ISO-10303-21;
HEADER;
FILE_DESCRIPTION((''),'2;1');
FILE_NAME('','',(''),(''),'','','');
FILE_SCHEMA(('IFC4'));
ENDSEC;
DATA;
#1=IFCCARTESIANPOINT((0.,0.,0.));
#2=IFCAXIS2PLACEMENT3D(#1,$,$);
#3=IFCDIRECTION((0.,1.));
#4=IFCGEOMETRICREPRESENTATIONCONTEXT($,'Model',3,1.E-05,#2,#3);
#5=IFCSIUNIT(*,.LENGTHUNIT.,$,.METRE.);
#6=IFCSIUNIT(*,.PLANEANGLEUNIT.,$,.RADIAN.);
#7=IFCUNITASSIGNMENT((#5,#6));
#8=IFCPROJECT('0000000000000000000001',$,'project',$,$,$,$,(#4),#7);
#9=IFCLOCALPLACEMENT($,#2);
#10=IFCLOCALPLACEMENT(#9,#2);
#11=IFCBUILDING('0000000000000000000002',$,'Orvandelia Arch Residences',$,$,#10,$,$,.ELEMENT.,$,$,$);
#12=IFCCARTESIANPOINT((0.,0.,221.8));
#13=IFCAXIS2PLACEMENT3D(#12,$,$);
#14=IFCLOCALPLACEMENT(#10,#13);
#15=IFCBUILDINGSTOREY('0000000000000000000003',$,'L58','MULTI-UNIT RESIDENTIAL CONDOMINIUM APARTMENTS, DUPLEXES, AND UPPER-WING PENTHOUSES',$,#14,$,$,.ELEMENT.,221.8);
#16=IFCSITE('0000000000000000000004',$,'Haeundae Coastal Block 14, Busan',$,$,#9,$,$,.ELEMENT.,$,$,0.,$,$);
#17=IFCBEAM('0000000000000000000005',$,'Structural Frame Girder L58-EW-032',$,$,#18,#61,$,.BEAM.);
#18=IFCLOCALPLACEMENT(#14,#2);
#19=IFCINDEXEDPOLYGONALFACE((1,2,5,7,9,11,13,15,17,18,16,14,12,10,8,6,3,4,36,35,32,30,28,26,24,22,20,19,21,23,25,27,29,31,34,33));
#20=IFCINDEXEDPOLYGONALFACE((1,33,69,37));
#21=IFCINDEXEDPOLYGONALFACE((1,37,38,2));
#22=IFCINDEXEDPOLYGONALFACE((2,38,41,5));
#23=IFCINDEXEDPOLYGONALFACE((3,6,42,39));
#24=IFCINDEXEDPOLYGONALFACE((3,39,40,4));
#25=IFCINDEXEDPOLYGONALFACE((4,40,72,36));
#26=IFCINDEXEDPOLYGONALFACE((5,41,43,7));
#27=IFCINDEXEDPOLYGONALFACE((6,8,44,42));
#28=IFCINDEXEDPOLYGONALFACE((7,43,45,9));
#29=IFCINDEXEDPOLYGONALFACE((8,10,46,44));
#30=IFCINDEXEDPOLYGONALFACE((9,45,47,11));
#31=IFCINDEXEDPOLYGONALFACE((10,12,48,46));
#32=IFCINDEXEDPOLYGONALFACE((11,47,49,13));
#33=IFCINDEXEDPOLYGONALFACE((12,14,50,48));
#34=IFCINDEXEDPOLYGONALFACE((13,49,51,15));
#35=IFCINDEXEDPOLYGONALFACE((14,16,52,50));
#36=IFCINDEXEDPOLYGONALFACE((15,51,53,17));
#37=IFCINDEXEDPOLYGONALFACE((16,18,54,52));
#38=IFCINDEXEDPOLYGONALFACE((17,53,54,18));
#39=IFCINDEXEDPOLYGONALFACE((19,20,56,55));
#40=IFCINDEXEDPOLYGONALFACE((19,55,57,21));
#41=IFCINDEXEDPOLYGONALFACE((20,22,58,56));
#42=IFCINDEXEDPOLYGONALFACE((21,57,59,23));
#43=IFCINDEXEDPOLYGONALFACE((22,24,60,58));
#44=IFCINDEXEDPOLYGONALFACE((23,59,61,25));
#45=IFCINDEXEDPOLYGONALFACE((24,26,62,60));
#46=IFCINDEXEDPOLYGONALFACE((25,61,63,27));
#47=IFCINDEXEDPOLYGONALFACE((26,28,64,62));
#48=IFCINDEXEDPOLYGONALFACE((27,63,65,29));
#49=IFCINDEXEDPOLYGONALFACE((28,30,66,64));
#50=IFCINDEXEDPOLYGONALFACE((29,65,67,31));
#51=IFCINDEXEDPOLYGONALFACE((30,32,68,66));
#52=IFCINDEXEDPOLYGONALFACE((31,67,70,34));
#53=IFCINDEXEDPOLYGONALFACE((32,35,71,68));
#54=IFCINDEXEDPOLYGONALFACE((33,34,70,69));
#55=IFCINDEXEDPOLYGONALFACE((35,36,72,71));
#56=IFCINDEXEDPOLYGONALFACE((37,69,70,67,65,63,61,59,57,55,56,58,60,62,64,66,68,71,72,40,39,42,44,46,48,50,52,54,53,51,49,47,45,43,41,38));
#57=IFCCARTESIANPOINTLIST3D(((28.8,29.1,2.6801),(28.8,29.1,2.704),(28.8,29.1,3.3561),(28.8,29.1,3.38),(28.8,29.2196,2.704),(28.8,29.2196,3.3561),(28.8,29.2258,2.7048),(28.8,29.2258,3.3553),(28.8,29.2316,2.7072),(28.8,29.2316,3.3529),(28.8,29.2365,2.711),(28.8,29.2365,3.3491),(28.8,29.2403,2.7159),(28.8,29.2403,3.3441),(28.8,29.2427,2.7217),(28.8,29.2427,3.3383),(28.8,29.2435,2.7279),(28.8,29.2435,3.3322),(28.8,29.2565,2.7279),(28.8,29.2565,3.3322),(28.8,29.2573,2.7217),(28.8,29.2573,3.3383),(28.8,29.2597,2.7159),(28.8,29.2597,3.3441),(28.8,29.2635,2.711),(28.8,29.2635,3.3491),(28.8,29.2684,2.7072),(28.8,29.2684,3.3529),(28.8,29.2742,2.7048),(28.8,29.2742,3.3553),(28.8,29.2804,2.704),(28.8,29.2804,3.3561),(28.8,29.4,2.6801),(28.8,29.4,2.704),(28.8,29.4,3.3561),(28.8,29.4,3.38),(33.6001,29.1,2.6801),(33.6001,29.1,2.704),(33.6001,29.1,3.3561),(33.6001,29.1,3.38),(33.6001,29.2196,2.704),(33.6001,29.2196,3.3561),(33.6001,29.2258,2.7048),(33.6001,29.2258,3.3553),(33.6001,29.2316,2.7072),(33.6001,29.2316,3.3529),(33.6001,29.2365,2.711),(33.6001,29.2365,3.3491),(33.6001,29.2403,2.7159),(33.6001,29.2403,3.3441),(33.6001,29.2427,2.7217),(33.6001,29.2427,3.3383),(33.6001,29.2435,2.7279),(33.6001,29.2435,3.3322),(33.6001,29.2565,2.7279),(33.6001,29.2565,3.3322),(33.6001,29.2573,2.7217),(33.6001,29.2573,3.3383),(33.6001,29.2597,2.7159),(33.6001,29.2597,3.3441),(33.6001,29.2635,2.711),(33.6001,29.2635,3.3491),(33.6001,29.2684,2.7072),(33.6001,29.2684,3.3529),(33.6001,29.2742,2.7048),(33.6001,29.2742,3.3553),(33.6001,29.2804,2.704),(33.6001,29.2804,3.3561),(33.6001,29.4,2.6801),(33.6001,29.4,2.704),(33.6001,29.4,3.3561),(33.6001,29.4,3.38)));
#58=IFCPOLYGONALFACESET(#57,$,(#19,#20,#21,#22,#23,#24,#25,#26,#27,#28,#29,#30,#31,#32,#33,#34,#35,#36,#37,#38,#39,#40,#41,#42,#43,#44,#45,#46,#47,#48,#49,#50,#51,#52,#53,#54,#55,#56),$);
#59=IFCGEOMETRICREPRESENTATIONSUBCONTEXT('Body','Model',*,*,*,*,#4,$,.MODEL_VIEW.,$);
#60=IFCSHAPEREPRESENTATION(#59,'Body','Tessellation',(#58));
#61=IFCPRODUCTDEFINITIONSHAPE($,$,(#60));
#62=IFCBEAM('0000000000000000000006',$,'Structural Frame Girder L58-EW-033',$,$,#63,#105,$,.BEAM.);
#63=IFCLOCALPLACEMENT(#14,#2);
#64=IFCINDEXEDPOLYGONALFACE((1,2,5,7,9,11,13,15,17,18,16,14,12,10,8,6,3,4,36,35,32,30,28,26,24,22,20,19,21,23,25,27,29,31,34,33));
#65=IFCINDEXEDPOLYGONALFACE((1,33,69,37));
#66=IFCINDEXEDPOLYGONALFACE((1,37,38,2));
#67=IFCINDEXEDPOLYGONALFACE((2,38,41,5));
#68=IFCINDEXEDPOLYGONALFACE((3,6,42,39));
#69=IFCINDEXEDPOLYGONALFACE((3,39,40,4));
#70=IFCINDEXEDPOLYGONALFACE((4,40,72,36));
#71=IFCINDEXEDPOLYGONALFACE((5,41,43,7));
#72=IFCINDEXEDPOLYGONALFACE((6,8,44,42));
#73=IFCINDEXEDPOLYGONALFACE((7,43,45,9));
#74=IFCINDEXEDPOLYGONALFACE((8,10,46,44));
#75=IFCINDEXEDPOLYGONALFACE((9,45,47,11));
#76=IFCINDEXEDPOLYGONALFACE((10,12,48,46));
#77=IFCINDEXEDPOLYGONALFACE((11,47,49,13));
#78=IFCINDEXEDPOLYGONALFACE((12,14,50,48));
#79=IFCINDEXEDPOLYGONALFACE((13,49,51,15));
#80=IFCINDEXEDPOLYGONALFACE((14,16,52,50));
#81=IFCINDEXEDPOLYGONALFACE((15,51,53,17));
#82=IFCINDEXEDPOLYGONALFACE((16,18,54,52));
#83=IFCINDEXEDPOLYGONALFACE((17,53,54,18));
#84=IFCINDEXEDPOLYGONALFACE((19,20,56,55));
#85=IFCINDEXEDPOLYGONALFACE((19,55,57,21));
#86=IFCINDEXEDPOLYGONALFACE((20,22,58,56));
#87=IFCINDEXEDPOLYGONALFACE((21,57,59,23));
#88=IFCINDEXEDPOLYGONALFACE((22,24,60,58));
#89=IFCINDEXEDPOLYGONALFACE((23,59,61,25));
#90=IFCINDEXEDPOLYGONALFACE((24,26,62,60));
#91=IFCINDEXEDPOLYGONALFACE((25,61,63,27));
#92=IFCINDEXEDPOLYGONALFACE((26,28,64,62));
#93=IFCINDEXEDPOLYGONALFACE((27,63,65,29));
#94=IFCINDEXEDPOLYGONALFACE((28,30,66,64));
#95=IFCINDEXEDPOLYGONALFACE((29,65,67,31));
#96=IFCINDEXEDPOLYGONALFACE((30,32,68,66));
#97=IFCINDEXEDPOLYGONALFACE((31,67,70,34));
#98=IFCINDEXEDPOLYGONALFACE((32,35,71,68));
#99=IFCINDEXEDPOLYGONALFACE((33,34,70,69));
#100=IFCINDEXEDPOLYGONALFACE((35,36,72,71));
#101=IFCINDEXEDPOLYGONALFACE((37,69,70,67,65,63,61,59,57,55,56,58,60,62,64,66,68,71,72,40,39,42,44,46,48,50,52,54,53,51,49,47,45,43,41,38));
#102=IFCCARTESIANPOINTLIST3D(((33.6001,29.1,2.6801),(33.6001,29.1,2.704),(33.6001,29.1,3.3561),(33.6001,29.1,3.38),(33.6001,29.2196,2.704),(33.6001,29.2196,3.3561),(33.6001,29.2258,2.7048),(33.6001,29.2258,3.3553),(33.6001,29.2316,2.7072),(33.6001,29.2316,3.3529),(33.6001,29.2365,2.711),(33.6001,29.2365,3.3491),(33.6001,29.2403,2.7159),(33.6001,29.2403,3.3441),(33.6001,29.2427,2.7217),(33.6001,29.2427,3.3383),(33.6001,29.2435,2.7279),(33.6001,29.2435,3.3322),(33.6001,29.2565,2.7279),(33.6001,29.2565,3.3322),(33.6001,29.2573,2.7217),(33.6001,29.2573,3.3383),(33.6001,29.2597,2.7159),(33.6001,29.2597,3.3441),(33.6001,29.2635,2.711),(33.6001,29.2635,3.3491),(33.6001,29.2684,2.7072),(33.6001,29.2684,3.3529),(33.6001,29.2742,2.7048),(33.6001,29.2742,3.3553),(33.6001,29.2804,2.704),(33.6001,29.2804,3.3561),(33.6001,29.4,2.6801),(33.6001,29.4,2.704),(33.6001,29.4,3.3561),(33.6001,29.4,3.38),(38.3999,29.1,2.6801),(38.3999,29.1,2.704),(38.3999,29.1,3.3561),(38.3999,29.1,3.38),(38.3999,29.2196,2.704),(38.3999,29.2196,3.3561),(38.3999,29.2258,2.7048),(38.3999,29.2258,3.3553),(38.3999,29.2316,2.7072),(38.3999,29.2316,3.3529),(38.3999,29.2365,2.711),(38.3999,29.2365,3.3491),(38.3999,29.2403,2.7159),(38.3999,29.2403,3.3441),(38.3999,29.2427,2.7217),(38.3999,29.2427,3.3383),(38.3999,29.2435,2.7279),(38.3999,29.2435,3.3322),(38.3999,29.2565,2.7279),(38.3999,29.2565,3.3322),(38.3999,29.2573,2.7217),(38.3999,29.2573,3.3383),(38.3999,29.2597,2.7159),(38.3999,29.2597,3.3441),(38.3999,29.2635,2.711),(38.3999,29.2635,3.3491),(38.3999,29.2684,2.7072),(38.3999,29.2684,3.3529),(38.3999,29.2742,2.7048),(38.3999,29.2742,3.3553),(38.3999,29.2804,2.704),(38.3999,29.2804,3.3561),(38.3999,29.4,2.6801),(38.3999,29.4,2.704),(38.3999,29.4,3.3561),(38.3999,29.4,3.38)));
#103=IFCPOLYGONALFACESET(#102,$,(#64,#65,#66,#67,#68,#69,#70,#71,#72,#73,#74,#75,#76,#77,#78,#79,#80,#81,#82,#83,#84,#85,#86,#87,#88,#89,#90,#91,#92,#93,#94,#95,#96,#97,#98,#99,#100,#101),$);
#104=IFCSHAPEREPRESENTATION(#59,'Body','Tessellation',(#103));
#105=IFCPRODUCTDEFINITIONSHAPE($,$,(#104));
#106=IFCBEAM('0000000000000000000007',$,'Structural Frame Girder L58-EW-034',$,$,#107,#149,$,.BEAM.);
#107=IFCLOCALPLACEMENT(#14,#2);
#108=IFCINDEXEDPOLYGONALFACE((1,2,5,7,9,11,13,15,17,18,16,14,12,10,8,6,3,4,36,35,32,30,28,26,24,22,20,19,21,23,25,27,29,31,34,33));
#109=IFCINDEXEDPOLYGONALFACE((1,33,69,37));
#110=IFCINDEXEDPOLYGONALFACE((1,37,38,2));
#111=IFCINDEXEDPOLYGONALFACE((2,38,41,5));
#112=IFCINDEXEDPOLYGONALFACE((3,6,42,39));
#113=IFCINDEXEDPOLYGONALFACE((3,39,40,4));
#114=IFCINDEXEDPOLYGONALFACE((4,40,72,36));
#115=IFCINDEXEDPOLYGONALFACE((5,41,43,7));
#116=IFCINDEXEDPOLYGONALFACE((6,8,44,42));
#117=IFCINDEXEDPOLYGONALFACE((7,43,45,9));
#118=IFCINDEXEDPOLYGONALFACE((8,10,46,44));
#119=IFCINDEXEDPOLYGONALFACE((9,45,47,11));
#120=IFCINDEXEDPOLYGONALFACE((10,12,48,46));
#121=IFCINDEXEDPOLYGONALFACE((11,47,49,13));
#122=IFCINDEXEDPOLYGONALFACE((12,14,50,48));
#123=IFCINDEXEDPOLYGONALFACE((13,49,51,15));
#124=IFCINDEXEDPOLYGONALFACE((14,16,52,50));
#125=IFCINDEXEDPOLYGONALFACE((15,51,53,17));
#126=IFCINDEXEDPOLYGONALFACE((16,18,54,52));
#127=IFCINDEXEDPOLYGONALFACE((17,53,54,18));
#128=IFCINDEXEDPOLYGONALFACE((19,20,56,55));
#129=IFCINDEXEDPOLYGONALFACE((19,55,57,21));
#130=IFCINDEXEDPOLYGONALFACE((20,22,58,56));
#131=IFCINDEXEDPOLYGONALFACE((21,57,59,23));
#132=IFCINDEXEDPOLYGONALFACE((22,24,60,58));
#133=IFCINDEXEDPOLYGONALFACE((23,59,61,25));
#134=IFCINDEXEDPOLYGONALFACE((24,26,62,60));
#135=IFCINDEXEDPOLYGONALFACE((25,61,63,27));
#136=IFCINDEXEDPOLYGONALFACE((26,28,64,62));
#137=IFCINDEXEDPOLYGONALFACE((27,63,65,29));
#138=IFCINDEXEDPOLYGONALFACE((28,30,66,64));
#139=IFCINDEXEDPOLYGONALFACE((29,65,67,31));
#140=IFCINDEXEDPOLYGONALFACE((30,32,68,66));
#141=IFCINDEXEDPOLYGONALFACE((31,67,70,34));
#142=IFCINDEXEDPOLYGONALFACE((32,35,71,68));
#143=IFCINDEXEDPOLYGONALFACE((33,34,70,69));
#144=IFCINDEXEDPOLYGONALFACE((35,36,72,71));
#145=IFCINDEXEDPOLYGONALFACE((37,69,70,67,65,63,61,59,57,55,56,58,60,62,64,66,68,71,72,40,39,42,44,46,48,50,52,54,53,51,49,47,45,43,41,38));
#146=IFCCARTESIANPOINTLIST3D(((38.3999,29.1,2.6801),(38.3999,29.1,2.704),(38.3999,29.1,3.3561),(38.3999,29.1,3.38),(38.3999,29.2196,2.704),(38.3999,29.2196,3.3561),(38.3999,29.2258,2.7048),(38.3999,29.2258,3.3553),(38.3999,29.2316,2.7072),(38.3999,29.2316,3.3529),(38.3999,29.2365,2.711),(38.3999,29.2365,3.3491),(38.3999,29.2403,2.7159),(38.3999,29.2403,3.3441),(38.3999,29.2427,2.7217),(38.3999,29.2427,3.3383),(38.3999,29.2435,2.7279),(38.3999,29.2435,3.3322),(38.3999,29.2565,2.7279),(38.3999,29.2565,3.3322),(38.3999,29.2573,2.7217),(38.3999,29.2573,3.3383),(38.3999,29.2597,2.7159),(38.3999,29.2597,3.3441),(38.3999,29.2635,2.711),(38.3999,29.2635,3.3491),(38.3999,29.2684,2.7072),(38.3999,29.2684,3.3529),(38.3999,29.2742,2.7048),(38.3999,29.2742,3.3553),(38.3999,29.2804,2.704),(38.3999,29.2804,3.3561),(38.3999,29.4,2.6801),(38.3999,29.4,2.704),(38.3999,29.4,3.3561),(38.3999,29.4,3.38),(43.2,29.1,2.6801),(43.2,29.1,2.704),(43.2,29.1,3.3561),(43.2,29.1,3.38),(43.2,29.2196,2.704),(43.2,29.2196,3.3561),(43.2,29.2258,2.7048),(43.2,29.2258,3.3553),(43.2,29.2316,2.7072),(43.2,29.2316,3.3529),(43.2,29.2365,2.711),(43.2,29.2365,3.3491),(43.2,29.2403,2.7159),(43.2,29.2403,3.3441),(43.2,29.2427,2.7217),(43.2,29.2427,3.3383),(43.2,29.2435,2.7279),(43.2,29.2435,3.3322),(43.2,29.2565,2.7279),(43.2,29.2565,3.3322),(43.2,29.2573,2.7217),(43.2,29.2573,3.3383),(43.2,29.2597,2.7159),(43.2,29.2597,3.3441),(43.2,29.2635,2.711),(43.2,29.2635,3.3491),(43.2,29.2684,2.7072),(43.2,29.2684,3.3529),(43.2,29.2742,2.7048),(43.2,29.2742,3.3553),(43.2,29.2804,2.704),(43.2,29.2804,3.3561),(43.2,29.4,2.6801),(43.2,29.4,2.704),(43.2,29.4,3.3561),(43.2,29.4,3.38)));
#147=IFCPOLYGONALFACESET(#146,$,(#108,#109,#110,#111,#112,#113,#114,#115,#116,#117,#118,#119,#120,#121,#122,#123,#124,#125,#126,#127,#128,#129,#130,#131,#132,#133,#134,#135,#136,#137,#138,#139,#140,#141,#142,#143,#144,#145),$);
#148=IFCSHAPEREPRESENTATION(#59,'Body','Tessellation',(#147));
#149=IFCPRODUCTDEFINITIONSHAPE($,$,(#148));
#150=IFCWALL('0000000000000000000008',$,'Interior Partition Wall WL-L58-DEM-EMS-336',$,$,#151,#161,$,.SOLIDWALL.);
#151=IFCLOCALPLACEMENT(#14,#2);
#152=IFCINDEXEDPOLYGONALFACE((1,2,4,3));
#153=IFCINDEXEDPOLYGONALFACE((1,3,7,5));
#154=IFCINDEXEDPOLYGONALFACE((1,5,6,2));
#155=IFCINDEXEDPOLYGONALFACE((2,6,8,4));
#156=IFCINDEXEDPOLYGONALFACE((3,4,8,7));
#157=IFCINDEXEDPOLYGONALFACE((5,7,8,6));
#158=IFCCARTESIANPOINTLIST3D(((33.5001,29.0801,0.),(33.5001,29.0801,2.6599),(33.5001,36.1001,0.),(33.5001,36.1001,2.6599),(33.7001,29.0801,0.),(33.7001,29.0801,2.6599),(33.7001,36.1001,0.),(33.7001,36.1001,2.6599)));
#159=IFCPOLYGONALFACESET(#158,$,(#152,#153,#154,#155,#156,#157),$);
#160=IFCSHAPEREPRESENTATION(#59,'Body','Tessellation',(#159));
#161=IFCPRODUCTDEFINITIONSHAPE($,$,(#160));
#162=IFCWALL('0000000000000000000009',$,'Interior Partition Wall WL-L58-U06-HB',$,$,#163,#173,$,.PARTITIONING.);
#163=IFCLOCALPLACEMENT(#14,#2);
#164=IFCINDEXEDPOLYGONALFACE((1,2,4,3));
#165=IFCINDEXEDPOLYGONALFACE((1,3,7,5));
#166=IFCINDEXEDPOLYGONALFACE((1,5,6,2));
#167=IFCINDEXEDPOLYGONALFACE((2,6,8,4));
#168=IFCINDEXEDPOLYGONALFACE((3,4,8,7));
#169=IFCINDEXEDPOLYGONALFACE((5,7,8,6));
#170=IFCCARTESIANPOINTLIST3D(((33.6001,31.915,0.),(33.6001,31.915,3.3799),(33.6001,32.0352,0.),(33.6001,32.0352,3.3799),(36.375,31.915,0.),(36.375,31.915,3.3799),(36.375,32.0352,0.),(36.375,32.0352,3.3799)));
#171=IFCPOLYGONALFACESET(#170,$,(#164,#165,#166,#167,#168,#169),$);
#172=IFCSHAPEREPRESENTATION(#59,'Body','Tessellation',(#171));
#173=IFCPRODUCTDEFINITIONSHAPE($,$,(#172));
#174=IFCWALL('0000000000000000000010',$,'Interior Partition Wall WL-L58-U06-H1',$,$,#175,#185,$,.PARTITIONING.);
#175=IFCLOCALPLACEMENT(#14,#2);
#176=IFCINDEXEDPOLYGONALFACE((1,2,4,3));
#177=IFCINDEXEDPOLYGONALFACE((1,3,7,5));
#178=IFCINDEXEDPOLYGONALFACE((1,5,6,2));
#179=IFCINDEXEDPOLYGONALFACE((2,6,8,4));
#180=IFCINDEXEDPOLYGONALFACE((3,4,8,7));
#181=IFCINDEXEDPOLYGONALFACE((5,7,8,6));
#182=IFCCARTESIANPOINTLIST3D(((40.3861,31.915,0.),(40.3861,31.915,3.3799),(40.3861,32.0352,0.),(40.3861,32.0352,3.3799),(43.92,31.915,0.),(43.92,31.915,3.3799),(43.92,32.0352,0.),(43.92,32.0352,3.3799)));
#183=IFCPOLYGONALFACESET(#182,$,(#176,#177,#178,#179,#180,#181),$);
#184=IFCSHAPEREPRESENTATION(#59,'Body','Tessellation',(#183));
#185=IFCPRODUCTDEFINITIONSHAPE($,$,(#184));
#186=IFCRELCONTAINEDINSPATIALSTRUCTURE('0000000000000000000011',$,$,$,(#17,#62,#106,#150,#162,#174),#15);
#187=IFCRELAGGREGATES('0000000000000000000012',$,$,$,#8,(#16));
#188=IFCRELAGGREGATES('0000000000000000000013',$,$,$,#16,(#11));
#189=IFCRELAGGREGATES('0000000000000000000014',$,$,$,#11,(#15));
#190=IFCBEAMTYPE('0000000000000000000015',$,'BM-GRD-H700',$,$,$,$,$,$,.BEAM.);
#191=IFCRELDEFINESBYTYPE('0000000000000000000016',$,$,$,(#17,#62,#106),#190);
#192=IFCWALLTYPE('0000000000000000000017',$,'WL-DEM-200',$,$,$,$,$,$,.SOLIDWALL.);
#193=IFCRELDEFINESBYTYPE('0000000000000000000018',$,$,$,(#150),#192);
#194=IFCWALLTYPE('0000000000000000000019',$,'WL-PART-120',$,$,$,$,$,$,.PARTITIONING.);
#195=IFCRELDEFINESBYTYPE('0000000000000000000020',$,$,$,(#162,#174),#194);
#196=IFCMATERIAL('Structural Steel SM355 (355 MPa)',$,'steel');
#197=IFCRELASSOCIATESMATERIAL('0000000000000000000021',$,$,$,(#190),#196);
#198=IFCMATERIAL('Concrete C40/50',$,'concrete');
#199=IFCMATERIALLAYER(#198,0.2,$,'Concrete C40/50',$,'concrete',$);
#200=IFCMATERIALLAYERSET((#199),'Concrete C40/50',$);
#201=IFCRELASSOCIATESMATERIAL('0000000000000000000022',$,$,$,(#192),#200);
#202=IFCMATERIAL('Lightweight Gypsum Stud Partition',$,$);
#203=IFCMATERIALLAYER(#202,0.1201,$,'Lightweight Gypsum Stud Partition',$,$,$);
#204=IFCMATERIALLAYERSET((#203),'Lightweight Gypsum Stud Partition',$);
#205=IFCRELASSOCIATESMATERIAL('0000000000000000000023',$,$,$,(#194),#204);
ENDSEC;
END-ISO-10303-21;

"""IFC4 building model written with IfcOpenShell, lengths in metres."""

from ifc_helpers import new_model, si_unit, direction, frame, frame_2d, origin, origin_2d, place, context, subcontext, project, spatial, rectangle, i_section, extrude, material, layer, layer_set, material_profile, profile_set, type_object, element, save


model = new_model("IFC4")

# Units and contexts
model_context = context("Model", 3, precision=1e-05, world=origin(), true_north=direction((0.0, 1.0)))
body_context = subcontext(model_context, "Body", "Model", "MODEL_VIEW")
ifc_project = project(units=[si_unit("LENGTHUNIT", "METRE"), si_unit("PLANEANGLEUNIT", "RADIAN")], contexts=[model_context])

# Site, building, storey
site_placement = place(None, origin())
site = spatial("IfcSite", under=ifc_project, at=site_placement, Name="Haeundae Coastal Block 14, Busan", CompositionType="ELEMENT", RefElevation=0.0)
building_placement = place(site_placement, origin())
building = spatial("IfcBuilding", under=site, at=building_placement, Name="Orvandelia Arch Residences", CompositionType="ELEMENT")
storey_placement = place(building_placement, frame((0.0, 0.0, 221.8)))
storey = spatial("IfcBuildingStorey", under=building, at=storey_placement, Name="L58", Description="MULTI-UNIT RESIDENTIAL CONDOMINIUM APARTMENTS, DUPLEXES, AND UPPER-WING PENTHOUSES", CompositionType="ELEMENT", Elevation=221.8)

# Beams
ifc_material_1 = material(Name="Structural Steel SM355 (355 MPa)", Category="steel")
ifc_material_profile_1 = material_profile(ifc_material_1, i_section(OverallWidth=0.3, OverallDepth=0.7, WebThickness=0.0129, FlangeThickness=0.0239, FilletRadius=0.0239, at=origin_2d()), Name="Structural Steel SM355 (355 MPa)", Category="steel")
ifc_profile_set_1 = profile_set([ifc_material_profile_1], Name="Structural Steel SM355 (355 MPa)")
beam_type = type_object("IfcBeamType", Name="BM-GRD-H700", PredefinedType="BEAM", material=ifc_profile_set_1)
beam_1_placement = place(storey_placement, frame((28.8, 29.25, 3.03), z_axis=(1.0, 0.0, 0.0), x_axis=(0.0, 1.0, 0.0)))
element("IfcBeam", 1, at=beam_1_placement, inside=storey, type_object=beam_type, Name="Structural Frame Girder L58-EW-032", PredefinedType="BEAM", context=body_context, shape_type="SweptSolid", body=[
    extrude(i_section(OverallWidth=0.3, OverallDepth=0.7, WebThickness=0.0129, FlangeThickness=0.0239, FilletRadius=0.0239, at=origin_2d()), origin(), (0.0, 0.0, 1.0), 4.8),
])
beam_2_placement = place(storey_placement, frame((33.6001, 29.25, 3.03), z_axis=(1.0, 0.0, 0.0), x_axis=(0.0, 1.0, 0.0)))
element("IfcBeam", 2, at=beam_2_placement, inside=storey, type_object=beam_type, Name="Structural Frame Girder L58-EW-033", PredefinedType="BEAM", context=body_context, shape_type="SweptSolid", body=[
    extrude(i_section(OverallWidth=0.3, OverallDepth=0.7, WebThickness=0.0129, FlangeThickness=0.0239, FilletRadius=0.0239, at=origin_2d()), origin(), (0.0, 0.0, 1.0), 4.7998),
])
beam_3_placement = place(storey_placement, frame((38.3999, 29.25, 3.03), z_axis=(1.0, 0.0, 0.0), x_axis=(0.0, 1.0, 0.0)))
element("IfcBeam", 3, at=beam_3_placement, inside=storey, type_object=beam_type, Name="Structural Frame Girder L58-EW-034", PredefinedType="BEAM", context=body_context, shape_type="SweptSolid", body=[
    extrude(i_section(OverallWidth=0.3, OverallDepth=0.7, WebThickness=0.0129, FlangeThickness=0.0239, FilletRadius=0.0239, at=origin_2d()), origin(), (0.0, 0.0, 1.0), 4.8),
])

# Wall
ifc_material_2 = material(Name="Concrete C40/50", Category="concrete")
ifc_layer_1 = layer(ifc_material_2, 0.2, Name="Concrete C40/50", Category="concrete")
ifc_layer_set_1 = layer_set([ifc_layer_1], Name="Concrete C40/50")
wall_type_1 = type_object("IfcWallType", Name="WL-DEM-200", PredefinedType="SOLIDWALL", material=ifc_layer_set_1)
wall_1_placement = place(storey_placement, frame((33.6001, 29.0801, 0.0), z_axis=(0.0, 0.0, 1.0), x_axis=(0.0, 1.0, 0.0)))
element("IfcWall", 4, at=wall_1_placement, inside=storey, type_object=wall_type_1, Name="Interior Partition Wall WL-L58-DEM-EMS-336", PredefinedType="SOLIDWALL", context=body_context, shape_type="SweptSolid", body=[
    extrude(rectangle(XDim=7.02, YDim=0.2, at=frame_2d((3.51, 0.0))), origin(), (0.0, 0.0, 1.0), 2.6599),
])

# Shared definitions
ifc_material_3 = material(Name="Lightweight Gypsum Stud Partition")
ifc_layer_2 = layer(ifc_material_3, 0.1201, Name="Lightweight Gypsum Stud Partition")
ifc_layer_set_2 = layer_set([ifc_layer_2], Name="Lightweight Gypsum Stud Partition")
wall_type_2 = type_object("IfcWallType", Name="WL-PART-120", PredefinedType="PARTITIONING", material=ifc_layer_set_2)

# Walls
wall_2_placement = place(storey_placement, frame((33.6001, 31.9751, 0.0), z_axis=(0.0, 0.0, 1.0), x_axis=(1.0, 0.0, 0.0)))
element("IfcWall", 5, at=wall_2_placement, inside=storey, type_object=wall_type_2, Name="Interior Partition Wall WL-L58-U06-HB", PredefinedType="PARTITIONING", context=body_context, shape_type="SweptSolid", body=[
    extrude(rectangle(XDim=2.7749, YDim=0.1201, at=frame_2d((1.3875, 0.0))), origin(), (0.0, 0.0, 1.0), 3.3799),
])
wall_3_placement = place(storey_placement, frame((40.386, 31.9751, 0.0), z_axis=(0.0, 0.0, 1.0), x_axis=(1.0, 0.0, 0.0)))
element("IfcWall", 6, at=wall_3_placement, inside=storey, type_object=wall_type_2, Name="Interior Partition Wall WL-L58-U06-H1", PredefinedType="PARTITIONING", context=body_context, shape_type="SweptSolid", body=[
    extrude(rectangle(XDim=3.5339, YDim=0.1201, at=frame_2d((1.7671, 0.0))), origin(), (0.0, 0.0, 1.0), 3.3799),
])

save(model, "model.ifc")
